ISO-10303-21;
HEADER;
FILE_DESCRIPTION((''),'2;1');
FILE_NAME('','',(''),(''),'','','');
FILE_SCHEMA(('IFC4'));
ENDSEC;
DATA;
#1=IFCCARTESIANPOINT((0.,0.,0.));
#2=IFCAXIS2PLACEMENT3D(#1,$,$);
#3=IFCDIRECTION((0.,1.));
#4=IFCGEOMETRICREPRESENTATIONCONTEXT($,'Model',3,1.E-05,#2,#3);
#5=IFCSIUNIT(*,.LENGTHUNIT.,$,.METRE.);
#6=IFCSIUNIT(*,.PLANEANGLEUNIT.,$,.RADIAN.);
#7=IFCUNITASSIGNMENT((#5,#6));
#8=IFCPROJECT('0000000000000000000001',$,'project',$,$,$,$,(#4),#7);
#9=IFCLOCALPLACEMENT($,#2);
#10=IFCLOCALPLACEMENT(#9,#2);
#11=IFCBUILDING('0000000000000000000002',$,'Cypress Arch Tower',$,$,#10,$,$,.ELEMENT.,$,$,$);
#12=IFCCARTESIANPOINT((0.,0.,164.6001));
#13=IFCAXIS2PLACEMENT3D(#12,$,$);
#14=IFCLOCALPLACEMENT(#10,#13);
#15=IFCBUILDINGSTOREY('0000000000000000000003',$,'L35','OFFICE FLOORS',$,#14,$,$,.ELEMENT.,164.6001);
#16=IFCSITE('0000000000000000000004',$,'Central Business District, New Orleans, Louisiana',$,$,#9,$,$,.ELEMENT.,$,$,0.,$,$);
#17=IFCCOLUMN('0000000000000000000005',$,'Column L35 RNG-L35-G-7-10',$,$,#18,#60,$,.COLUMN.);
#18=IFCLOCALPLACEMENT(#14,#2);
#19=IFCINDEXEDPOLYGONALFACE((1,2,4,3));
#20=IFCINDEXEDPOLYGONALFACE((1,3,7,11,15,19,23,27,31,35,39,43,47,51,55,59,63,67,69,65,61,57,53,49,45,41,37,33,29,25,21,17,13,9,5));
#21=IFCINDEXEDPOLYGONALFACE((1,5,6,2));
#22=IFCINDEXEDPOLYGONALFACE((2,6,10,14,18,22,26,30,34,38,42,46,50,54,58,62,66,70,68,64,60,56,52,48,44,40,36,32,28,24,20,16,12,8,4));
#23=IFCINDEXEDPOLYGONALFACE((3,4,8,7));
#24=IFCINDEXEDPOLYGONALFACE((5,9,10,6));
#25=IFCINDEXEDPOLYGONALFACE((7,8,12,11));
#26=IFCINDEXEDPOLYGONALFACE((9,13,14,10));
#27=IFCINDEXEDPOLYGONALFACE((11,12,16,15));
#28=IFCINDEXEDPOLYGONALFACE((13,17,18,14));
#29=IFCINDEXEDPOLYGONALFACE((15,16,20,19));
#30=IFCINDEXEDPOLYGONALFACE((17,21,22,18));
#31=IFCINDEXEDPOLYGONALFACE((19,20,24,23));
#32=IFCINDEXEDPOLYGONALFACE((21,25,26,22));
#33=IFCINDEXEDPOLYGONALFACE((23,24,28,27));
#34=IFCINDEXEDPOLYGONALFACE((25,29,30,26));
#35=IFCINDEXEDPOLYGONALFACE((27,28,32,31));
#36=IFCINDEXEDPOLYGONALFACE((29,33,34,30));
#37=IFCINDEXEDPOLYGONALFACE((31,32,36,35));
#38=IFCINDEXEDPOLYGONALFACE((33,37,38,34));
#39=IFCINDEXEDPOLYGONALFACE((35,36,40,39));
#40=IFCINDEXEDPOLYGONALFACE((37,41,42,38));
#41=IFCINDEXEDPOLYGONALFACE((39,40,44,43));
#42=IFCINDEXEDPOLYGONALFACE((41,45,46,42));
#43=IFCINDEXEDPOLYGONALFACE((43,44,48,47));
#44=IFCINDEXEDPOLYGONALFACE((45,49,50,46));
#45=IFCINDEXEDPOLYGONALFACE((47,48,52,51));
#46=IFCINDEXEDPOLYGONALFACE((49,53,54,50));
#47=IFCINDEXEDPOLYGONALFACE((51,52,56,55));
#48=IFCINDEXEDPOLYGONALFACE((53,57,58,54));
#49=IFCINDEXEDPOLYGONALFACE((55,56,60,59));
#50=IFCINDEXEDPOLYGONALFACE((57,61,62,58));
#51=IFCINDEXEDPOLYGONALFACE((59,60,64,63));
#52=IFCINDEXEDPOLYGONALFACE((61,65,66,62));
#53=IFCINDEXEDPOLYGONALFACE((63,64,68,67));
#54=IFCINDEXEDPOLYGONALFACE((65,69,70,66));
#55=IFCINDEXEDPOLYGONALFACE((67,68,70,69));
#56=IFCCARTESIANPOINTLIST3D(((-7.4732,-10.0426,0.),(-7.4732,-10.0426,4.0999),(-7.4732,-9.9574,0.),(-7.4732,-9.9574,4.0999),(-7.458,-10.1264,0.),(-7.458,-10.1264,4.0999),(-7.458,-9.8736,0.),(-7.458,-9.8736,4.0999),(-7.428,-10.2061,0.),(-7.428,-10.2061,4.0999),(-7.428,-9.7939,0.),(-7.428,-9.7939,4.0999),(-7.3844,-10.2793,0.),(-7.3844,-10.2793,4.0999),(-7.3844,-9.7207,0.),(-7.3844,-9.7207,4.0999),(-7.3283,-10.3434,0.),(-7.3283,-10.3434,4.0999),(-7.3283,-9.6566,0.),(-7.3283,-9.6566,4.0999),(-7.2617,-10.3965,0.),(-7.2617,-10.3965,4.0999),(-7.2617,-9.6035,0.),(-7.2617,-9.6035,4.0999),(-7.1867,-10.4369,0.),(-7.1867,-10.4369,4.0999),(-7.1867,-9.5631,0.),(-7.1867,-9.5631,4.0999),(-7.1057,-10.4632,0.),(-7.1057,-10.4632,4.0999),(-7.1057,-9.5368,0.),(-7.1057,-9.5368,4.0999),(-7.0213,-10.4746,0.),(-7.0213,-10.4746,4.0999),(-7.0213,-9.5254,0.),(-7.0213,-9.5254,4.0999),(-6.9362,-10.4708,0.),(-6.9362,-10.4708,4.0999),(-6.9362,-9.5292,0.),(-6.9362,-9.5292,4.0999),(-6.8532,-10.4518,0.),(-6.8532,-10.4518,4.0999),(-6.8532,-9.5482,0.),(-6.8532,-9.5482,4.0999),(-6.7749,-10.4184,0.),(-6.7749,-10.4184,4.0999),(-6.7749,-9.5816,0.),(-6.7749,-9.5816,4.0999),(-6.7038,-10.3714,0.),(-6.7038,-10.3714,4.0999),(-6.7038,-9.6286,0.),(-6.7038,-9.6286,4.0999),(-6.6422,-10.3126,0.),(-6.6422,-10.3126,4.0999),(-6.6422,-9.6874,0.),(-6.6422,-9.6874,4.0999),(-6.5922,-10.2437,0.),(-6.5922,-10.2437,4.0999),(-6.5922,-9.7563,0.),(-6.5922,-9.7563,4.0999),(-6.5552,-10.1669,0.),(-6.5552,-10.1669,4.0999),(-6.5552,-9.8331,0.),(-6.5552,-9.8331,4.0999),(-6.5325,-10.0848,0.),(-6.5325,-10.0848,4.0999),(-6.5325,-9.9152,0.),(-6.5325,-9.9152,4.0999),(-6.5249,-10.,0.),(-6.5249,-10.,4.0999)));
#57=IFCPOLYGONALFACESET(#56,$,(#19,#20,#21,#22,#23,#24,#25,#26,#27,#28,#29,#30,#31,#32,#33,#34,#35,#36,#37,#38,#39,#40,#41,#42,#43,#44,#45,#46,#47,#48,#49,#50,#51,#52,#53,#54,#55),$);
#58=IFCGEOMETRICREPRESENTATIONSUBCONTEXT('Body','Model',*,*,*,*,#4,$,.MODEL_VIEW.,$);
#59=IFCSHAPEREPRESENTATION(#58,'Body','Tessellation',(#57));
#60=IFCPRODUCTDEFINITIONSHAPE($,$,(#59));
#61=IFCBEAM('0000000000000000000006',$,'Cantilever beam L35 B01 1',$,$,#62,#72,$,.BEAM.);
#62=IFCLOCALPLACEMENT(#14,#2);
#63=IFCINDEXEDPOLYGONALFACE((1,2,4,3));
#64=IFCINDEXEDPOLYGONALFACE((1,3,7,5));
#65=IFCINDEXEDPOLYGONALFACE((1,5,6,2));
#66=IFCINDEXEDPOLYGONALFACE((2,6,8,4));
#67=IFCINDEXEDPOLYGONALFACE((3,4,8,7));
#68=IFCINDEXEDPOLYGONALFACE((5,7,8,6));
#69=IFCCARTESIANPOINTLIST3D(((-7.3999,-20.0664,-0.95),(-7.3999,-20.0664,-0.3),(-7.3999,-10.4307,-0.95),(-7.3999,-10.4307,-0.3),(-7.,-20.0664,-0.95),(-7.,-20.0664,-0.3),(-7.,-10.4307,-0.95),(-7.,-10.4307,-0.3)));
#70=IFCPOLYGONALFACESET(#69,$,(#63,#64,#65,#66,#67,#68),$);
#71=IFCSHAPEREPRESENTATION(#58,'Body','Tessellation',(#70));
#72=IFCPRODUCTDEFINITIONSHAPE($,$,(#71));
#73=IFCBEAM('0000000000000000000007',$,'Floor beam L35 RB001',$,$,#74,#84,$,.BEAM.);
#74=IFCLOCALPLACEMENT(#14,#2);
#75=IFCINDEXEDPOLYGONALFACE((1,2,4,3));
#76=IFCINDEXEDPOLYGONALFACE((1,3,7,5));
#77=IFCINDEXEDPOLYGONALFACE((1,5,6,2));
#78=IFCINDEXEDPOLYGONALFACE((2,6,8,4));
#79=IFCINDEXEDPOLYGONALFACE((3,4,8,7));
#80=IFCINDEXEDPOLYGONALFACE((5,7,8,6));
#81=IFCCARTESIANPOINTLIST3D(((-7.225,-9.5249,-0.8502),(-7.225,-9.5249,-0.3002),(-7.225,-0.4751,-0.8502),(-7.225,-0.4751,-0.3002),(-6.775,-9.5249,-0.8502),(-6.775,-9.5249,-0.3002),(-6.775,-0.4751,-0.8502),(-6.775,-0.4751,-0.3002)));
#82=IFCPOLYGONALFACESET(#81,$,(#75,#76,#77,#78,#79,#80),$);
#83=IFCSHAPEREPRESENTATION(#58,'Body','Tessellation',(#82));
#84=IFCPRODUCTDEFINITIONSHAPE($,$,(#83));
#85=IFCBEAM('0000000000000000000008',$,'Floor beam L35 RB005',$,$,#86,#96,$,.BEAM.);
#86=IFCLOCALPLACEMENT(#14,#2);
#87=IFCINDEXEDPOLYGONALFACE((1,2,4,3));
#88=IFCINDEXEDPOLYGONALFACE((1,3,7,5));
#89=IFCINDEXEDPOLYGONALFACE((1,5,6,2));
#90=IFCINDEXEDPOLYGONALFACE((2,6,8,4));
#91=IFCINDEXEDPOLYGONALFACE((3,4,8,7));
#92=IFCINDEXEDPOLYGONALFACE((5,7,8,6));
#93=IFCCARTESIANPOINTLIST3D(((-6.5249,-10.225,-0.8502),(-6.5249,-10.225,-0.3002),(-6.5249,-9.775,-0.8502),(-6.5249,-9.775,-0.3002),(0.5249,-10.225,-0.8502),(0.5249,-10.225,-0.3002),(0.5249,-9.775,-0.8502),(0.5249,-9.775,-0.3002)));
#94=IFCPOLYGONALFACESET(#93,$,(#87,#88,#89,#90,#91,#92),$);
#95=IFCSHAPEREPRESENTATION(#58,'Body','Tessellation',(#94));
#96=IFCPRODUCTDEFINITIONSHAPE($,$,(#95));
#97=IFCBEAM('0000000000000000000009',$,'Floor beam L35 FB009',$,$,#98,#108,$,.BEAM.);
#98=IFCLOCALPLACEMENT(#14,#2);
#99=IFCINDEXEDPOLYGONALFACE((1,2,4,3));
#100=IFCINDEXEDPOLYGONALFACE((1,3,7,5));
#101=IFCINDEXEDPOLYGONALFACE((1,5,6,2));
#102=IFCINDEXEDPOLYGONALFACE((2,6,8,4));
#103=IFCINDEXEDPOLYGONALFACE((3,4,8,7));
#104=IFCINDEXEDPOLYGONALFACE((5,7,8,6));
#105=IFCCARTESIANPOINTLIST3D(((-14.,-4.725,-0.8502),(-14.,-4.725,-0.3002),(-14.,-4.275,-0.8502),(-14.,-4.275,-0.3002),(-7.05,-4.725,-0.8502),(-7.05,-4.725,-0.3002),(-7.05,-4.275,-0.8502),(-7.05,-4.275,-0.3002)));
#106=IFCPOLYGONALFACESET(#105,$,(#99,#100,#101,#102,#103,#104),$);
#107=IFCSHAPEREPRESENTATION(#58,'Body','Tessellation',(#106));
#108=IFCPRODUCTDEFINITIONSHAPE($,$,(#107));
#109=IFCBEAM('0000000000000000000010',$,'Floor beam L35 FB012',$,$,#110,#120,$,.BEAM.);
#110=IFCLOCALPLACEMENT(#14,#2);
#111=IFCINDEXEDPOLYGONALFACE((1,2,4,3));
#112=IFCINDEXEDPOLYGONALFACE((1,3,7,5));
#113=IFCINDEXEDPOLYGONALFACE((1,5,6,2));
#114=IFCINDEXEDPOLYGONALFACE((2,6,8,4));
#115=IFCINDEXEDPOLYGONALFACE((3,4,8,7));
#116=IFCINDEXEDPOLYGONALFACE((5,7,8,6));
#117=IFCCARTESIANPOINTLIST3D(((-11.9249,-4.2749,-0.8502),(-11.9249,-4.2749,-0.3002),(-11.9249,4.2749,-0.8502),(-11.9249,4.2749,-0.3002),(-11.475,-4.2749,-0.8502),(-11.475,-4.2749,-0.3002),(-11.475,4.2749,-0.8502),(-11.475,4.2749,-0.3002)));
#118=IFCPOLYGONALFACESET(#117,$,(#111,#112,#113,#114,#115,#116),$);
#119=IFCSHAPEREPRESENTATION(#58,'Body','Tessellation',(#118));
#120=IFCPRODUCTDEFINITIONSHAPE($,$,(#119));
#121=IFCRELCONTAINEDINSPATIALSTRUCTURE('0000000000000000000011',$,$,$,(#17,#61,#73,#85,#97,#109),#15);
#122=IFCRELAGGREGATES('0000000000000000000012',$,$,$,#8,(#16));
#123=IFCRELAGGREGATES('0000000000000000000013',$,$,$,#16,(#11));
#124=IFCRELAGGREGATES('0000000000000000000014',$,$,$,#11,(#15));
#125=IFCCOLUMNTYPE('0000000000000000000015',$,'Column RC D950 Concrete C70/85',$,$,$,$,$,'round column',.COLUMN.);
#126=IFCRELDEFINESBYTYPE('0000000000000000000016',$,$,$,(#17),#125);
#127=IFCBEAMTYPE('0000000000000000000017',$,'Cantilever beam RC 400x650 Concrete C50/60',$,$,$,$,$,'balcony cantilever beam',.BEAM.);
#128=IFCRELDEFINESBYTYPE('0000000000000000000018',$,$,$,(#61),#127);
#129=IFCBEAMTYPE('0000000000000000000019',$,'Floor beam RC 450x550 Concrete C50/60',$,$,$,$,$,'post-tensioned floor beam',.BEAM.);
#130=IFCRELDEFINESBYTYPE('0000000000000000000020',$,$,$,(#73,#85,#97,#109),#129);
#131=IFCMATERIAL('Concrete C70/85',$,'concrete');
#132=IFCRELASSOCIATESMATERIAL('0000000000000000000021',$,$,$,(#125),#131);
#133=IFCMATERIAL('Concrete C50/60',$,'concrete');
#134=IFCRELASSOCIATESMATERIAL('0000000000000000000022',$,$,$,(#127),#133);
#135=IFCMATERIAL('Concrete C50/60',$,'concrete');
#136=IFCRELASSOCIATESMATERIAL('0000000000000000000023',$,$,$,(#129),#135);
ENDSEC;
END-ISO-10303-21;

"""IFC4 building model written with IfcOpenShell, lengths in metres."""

from ifc_helpers import new_model, si_unit, direction, frame, origin, origin_2d, place, context, subcontext, project, spatial, rectangle, circle, extrude, material, material_profile, profile_set, type_object, element, save


model = new_model("IFC4")

# Units and contexts
model_context = context("Model", 3, precision=1e-05, world=origin(), true_north=direction((0.0, 1.0)))
body_context = subcontext(model_context, "Body", "Model", "MODEL_VIEW")
ifc_project = project(units=[si_unit("LENGTHUNIT", "METRE"), si_unit("PLANEANGLEUNIT", "RADIAN")], contexts=[model_context])

# Site, building, storey
site_placement = place(None, origin())
site = spatial("IfcSite", under=ifc_project, at=site_placement, Name="Central Business District, New Orleans, Louisiana", CompositionType="ELEMENT", RefElevation=0.0)
building_placement = place(site_placement, origin())
building = spatial("IfcBuilding", under=site, at=building_placement, Name="Cypress Arch Tower", CompositionType="ELEMENT")
storey_placement = place(building_placement, frame((0.0, 0.0, 164.6001)))
storey = spatial("IfcBuildingStorey", under=building, at=storey_placement, Name="L35", Description="OFFICE FLOORS", CompositionType="ELEMENT", Elevation=164.6001)

# Column
ifc_material_1 = material(Name="Concrete C70/85", Category="concrete")
ifc_material_profile_1 = material_profile(ifc_material_1, circle(Radius=0.4751, at=origin_2d()), Name="RC D950")
ifc_profile_set_1 = profile_set([ifc_material_profile_1], Name="Concrete C70/85")
column_type = type_object("IfcColumnType", Name="Column RC D950 Concrete C70/85", ElementType="round column", PredefinedType="COLUMN", material=ifc_profile_set_1)
column_placement = place(storey_placement, frame((-7.0, -10.0, 0.0), z_axis=(0.0, 0.0, 1.0), x_axis=(1.0, 0.0, 0.0)))
element("IfcColumn", 1, at=column_placement, inside=storey, type_object=column_type, Name="Column L35 RNG-L35-G-7-10", PredefinedType="COLUMN", context=body_context, shape_type="SweptSolid", body=[
    extrude(circle(Radius=0.4751, at=origin_2d()), origin(), (0.0, 0.0, 1.0), 4.0999),
])

# Beams
ifc_material_2 = material(Name="Concrete C50/60", Category="concrete")
ifc_material_profile_2 = material_profile(ifc_material_2, rectangle(XDim=0.3999, YDim=0.6499, at=origin_2d()), Name="RC 400x650")
ifc_profile_set_2 = profile_set([ifc_material_profile_2], Name="Concrete C50/60")
beam_type_1 = type_object("IfcBeamType", Name="Cantilever beam RC 400x650 Concrete C50/60", ElementType="balcony cantilever beam", PredefinedType="BEAM", material=ifc_profile_set_2)
beam_1_placement = place(storey_placement, frame((-7.2, -10.4307, -0.625), z_axis=(0.0, -1.0, 0.0), x_axis=(1.0, 0.0, 0.0)))
element("IfcBeam", 2, at=beam_1_placement, inside=storey, type_object=beam_type_1, Name="Cantilever beam L35 B01 1", PredefinedType="BEAM", context=body_context, shape_type="SweptSolid", body=[
    extrude(rectangle(XDim=0.3999, YDim=0.6499, at=origin_2d()), origin(), (0.0, 0.0, 1.0), 9.6357),
])
ifc_material_3 = material(Name="Concrete C50/60", Category="concrete")
ifc_material_profile_3 = material_profile(ifc_material_3, rectangle(XDim=0.45, YDim=0.55, at=origin_2d()), Name="RC 450x550")
ifc_profile_set_3 = profile_set([ifc_material_profile_3], Name="Concrete C50/60")
beam_type_2 = type_object("IfcBeamType", Name="Floor beam RC 450x550 Concrete C50/60", ElementType="post-tensioned floor beam", PredefinedType="BEAM", material=ifc_profile_set_3)
beam_2_placement = place(storey_placement, frame((-7.0, -9.5249, -0.5752), z_axis=(0.0, 1.0, 0.0), x_axis=(-1.0, 0.0, 0.0)))
element("IfcBeam", 3, at=beam_2_placement, inside=storey, type_object=beam_type_2, Name="Floor beam L35 RB001", PredefinedType="BEAM", context=body_context, shape_type="SweptSolid", body=[
    extrude(rectangle(XDim=0.45, YDim=0.55, at=origin_2d()), origin(), (0.0, 0.0, 1.0), 9.0498),
])
beam_3_placement = place(storey_placement, frame((-6.5249, -10.0, -0.5752), z_axis=(1.0, 0.0, 0.0), x_axis=(0.0, 1.0, 0.0)))
element("IfcBeam", 4, at=beam_3_placement, inside=storey, type_object=beam_type_2, Name="Floor beam L35 RB005", PredefinedType="BEAM", context=body_context, shape_type="SweptSolid", body=[
    extrude(rectangle(XDim=0.45, YDim=0.55, at=origin_2d()), origin(), (0.0, 0.0, 1.0), 7.0498),
])
beam_4_placement = place(storey_placement, frame((-14.0, -4.5, -0.5752), z_axis=(1.0, 0.0, 0.0), x_axis=(0.0, 1.0, 0.0)))
element("IfcBeam", 5, at=beam_4_placement, inside=storey, type_object=beam_type_2, Name="Floor beam L35 FB009", PredefinedType="BEAM", context=body_context, shape_type="SweptSolid", body=[
    extrude(rectangle(XDim=0.45, YDim=0.55, at=origin_2d()), origin(), (0.0, 0.0, 1.0), 6.95),
])
beam_5_placement = place(storey_placement, frame((-11.7, -4.2749, -0.5752), z_axis=(0.0, 1.0, 0.0), x_axis=(-1.0, 0.0, 0.0)))
element("IfcBeam", 6, at=beam_5_placement, inside=storey, type_object=beam_type_2, Name="Floor beam L35 FB012", PredefinedType="BEAM", context=body_context, shape_type="SweptSolid", body=[
    extrude(rectangle(XDim=0.45, YDim=0.55, at=origin_2d()), origin(), (0.0, 0.0, 1.0), 8.5498),
])

save(model, "model.ifc")
